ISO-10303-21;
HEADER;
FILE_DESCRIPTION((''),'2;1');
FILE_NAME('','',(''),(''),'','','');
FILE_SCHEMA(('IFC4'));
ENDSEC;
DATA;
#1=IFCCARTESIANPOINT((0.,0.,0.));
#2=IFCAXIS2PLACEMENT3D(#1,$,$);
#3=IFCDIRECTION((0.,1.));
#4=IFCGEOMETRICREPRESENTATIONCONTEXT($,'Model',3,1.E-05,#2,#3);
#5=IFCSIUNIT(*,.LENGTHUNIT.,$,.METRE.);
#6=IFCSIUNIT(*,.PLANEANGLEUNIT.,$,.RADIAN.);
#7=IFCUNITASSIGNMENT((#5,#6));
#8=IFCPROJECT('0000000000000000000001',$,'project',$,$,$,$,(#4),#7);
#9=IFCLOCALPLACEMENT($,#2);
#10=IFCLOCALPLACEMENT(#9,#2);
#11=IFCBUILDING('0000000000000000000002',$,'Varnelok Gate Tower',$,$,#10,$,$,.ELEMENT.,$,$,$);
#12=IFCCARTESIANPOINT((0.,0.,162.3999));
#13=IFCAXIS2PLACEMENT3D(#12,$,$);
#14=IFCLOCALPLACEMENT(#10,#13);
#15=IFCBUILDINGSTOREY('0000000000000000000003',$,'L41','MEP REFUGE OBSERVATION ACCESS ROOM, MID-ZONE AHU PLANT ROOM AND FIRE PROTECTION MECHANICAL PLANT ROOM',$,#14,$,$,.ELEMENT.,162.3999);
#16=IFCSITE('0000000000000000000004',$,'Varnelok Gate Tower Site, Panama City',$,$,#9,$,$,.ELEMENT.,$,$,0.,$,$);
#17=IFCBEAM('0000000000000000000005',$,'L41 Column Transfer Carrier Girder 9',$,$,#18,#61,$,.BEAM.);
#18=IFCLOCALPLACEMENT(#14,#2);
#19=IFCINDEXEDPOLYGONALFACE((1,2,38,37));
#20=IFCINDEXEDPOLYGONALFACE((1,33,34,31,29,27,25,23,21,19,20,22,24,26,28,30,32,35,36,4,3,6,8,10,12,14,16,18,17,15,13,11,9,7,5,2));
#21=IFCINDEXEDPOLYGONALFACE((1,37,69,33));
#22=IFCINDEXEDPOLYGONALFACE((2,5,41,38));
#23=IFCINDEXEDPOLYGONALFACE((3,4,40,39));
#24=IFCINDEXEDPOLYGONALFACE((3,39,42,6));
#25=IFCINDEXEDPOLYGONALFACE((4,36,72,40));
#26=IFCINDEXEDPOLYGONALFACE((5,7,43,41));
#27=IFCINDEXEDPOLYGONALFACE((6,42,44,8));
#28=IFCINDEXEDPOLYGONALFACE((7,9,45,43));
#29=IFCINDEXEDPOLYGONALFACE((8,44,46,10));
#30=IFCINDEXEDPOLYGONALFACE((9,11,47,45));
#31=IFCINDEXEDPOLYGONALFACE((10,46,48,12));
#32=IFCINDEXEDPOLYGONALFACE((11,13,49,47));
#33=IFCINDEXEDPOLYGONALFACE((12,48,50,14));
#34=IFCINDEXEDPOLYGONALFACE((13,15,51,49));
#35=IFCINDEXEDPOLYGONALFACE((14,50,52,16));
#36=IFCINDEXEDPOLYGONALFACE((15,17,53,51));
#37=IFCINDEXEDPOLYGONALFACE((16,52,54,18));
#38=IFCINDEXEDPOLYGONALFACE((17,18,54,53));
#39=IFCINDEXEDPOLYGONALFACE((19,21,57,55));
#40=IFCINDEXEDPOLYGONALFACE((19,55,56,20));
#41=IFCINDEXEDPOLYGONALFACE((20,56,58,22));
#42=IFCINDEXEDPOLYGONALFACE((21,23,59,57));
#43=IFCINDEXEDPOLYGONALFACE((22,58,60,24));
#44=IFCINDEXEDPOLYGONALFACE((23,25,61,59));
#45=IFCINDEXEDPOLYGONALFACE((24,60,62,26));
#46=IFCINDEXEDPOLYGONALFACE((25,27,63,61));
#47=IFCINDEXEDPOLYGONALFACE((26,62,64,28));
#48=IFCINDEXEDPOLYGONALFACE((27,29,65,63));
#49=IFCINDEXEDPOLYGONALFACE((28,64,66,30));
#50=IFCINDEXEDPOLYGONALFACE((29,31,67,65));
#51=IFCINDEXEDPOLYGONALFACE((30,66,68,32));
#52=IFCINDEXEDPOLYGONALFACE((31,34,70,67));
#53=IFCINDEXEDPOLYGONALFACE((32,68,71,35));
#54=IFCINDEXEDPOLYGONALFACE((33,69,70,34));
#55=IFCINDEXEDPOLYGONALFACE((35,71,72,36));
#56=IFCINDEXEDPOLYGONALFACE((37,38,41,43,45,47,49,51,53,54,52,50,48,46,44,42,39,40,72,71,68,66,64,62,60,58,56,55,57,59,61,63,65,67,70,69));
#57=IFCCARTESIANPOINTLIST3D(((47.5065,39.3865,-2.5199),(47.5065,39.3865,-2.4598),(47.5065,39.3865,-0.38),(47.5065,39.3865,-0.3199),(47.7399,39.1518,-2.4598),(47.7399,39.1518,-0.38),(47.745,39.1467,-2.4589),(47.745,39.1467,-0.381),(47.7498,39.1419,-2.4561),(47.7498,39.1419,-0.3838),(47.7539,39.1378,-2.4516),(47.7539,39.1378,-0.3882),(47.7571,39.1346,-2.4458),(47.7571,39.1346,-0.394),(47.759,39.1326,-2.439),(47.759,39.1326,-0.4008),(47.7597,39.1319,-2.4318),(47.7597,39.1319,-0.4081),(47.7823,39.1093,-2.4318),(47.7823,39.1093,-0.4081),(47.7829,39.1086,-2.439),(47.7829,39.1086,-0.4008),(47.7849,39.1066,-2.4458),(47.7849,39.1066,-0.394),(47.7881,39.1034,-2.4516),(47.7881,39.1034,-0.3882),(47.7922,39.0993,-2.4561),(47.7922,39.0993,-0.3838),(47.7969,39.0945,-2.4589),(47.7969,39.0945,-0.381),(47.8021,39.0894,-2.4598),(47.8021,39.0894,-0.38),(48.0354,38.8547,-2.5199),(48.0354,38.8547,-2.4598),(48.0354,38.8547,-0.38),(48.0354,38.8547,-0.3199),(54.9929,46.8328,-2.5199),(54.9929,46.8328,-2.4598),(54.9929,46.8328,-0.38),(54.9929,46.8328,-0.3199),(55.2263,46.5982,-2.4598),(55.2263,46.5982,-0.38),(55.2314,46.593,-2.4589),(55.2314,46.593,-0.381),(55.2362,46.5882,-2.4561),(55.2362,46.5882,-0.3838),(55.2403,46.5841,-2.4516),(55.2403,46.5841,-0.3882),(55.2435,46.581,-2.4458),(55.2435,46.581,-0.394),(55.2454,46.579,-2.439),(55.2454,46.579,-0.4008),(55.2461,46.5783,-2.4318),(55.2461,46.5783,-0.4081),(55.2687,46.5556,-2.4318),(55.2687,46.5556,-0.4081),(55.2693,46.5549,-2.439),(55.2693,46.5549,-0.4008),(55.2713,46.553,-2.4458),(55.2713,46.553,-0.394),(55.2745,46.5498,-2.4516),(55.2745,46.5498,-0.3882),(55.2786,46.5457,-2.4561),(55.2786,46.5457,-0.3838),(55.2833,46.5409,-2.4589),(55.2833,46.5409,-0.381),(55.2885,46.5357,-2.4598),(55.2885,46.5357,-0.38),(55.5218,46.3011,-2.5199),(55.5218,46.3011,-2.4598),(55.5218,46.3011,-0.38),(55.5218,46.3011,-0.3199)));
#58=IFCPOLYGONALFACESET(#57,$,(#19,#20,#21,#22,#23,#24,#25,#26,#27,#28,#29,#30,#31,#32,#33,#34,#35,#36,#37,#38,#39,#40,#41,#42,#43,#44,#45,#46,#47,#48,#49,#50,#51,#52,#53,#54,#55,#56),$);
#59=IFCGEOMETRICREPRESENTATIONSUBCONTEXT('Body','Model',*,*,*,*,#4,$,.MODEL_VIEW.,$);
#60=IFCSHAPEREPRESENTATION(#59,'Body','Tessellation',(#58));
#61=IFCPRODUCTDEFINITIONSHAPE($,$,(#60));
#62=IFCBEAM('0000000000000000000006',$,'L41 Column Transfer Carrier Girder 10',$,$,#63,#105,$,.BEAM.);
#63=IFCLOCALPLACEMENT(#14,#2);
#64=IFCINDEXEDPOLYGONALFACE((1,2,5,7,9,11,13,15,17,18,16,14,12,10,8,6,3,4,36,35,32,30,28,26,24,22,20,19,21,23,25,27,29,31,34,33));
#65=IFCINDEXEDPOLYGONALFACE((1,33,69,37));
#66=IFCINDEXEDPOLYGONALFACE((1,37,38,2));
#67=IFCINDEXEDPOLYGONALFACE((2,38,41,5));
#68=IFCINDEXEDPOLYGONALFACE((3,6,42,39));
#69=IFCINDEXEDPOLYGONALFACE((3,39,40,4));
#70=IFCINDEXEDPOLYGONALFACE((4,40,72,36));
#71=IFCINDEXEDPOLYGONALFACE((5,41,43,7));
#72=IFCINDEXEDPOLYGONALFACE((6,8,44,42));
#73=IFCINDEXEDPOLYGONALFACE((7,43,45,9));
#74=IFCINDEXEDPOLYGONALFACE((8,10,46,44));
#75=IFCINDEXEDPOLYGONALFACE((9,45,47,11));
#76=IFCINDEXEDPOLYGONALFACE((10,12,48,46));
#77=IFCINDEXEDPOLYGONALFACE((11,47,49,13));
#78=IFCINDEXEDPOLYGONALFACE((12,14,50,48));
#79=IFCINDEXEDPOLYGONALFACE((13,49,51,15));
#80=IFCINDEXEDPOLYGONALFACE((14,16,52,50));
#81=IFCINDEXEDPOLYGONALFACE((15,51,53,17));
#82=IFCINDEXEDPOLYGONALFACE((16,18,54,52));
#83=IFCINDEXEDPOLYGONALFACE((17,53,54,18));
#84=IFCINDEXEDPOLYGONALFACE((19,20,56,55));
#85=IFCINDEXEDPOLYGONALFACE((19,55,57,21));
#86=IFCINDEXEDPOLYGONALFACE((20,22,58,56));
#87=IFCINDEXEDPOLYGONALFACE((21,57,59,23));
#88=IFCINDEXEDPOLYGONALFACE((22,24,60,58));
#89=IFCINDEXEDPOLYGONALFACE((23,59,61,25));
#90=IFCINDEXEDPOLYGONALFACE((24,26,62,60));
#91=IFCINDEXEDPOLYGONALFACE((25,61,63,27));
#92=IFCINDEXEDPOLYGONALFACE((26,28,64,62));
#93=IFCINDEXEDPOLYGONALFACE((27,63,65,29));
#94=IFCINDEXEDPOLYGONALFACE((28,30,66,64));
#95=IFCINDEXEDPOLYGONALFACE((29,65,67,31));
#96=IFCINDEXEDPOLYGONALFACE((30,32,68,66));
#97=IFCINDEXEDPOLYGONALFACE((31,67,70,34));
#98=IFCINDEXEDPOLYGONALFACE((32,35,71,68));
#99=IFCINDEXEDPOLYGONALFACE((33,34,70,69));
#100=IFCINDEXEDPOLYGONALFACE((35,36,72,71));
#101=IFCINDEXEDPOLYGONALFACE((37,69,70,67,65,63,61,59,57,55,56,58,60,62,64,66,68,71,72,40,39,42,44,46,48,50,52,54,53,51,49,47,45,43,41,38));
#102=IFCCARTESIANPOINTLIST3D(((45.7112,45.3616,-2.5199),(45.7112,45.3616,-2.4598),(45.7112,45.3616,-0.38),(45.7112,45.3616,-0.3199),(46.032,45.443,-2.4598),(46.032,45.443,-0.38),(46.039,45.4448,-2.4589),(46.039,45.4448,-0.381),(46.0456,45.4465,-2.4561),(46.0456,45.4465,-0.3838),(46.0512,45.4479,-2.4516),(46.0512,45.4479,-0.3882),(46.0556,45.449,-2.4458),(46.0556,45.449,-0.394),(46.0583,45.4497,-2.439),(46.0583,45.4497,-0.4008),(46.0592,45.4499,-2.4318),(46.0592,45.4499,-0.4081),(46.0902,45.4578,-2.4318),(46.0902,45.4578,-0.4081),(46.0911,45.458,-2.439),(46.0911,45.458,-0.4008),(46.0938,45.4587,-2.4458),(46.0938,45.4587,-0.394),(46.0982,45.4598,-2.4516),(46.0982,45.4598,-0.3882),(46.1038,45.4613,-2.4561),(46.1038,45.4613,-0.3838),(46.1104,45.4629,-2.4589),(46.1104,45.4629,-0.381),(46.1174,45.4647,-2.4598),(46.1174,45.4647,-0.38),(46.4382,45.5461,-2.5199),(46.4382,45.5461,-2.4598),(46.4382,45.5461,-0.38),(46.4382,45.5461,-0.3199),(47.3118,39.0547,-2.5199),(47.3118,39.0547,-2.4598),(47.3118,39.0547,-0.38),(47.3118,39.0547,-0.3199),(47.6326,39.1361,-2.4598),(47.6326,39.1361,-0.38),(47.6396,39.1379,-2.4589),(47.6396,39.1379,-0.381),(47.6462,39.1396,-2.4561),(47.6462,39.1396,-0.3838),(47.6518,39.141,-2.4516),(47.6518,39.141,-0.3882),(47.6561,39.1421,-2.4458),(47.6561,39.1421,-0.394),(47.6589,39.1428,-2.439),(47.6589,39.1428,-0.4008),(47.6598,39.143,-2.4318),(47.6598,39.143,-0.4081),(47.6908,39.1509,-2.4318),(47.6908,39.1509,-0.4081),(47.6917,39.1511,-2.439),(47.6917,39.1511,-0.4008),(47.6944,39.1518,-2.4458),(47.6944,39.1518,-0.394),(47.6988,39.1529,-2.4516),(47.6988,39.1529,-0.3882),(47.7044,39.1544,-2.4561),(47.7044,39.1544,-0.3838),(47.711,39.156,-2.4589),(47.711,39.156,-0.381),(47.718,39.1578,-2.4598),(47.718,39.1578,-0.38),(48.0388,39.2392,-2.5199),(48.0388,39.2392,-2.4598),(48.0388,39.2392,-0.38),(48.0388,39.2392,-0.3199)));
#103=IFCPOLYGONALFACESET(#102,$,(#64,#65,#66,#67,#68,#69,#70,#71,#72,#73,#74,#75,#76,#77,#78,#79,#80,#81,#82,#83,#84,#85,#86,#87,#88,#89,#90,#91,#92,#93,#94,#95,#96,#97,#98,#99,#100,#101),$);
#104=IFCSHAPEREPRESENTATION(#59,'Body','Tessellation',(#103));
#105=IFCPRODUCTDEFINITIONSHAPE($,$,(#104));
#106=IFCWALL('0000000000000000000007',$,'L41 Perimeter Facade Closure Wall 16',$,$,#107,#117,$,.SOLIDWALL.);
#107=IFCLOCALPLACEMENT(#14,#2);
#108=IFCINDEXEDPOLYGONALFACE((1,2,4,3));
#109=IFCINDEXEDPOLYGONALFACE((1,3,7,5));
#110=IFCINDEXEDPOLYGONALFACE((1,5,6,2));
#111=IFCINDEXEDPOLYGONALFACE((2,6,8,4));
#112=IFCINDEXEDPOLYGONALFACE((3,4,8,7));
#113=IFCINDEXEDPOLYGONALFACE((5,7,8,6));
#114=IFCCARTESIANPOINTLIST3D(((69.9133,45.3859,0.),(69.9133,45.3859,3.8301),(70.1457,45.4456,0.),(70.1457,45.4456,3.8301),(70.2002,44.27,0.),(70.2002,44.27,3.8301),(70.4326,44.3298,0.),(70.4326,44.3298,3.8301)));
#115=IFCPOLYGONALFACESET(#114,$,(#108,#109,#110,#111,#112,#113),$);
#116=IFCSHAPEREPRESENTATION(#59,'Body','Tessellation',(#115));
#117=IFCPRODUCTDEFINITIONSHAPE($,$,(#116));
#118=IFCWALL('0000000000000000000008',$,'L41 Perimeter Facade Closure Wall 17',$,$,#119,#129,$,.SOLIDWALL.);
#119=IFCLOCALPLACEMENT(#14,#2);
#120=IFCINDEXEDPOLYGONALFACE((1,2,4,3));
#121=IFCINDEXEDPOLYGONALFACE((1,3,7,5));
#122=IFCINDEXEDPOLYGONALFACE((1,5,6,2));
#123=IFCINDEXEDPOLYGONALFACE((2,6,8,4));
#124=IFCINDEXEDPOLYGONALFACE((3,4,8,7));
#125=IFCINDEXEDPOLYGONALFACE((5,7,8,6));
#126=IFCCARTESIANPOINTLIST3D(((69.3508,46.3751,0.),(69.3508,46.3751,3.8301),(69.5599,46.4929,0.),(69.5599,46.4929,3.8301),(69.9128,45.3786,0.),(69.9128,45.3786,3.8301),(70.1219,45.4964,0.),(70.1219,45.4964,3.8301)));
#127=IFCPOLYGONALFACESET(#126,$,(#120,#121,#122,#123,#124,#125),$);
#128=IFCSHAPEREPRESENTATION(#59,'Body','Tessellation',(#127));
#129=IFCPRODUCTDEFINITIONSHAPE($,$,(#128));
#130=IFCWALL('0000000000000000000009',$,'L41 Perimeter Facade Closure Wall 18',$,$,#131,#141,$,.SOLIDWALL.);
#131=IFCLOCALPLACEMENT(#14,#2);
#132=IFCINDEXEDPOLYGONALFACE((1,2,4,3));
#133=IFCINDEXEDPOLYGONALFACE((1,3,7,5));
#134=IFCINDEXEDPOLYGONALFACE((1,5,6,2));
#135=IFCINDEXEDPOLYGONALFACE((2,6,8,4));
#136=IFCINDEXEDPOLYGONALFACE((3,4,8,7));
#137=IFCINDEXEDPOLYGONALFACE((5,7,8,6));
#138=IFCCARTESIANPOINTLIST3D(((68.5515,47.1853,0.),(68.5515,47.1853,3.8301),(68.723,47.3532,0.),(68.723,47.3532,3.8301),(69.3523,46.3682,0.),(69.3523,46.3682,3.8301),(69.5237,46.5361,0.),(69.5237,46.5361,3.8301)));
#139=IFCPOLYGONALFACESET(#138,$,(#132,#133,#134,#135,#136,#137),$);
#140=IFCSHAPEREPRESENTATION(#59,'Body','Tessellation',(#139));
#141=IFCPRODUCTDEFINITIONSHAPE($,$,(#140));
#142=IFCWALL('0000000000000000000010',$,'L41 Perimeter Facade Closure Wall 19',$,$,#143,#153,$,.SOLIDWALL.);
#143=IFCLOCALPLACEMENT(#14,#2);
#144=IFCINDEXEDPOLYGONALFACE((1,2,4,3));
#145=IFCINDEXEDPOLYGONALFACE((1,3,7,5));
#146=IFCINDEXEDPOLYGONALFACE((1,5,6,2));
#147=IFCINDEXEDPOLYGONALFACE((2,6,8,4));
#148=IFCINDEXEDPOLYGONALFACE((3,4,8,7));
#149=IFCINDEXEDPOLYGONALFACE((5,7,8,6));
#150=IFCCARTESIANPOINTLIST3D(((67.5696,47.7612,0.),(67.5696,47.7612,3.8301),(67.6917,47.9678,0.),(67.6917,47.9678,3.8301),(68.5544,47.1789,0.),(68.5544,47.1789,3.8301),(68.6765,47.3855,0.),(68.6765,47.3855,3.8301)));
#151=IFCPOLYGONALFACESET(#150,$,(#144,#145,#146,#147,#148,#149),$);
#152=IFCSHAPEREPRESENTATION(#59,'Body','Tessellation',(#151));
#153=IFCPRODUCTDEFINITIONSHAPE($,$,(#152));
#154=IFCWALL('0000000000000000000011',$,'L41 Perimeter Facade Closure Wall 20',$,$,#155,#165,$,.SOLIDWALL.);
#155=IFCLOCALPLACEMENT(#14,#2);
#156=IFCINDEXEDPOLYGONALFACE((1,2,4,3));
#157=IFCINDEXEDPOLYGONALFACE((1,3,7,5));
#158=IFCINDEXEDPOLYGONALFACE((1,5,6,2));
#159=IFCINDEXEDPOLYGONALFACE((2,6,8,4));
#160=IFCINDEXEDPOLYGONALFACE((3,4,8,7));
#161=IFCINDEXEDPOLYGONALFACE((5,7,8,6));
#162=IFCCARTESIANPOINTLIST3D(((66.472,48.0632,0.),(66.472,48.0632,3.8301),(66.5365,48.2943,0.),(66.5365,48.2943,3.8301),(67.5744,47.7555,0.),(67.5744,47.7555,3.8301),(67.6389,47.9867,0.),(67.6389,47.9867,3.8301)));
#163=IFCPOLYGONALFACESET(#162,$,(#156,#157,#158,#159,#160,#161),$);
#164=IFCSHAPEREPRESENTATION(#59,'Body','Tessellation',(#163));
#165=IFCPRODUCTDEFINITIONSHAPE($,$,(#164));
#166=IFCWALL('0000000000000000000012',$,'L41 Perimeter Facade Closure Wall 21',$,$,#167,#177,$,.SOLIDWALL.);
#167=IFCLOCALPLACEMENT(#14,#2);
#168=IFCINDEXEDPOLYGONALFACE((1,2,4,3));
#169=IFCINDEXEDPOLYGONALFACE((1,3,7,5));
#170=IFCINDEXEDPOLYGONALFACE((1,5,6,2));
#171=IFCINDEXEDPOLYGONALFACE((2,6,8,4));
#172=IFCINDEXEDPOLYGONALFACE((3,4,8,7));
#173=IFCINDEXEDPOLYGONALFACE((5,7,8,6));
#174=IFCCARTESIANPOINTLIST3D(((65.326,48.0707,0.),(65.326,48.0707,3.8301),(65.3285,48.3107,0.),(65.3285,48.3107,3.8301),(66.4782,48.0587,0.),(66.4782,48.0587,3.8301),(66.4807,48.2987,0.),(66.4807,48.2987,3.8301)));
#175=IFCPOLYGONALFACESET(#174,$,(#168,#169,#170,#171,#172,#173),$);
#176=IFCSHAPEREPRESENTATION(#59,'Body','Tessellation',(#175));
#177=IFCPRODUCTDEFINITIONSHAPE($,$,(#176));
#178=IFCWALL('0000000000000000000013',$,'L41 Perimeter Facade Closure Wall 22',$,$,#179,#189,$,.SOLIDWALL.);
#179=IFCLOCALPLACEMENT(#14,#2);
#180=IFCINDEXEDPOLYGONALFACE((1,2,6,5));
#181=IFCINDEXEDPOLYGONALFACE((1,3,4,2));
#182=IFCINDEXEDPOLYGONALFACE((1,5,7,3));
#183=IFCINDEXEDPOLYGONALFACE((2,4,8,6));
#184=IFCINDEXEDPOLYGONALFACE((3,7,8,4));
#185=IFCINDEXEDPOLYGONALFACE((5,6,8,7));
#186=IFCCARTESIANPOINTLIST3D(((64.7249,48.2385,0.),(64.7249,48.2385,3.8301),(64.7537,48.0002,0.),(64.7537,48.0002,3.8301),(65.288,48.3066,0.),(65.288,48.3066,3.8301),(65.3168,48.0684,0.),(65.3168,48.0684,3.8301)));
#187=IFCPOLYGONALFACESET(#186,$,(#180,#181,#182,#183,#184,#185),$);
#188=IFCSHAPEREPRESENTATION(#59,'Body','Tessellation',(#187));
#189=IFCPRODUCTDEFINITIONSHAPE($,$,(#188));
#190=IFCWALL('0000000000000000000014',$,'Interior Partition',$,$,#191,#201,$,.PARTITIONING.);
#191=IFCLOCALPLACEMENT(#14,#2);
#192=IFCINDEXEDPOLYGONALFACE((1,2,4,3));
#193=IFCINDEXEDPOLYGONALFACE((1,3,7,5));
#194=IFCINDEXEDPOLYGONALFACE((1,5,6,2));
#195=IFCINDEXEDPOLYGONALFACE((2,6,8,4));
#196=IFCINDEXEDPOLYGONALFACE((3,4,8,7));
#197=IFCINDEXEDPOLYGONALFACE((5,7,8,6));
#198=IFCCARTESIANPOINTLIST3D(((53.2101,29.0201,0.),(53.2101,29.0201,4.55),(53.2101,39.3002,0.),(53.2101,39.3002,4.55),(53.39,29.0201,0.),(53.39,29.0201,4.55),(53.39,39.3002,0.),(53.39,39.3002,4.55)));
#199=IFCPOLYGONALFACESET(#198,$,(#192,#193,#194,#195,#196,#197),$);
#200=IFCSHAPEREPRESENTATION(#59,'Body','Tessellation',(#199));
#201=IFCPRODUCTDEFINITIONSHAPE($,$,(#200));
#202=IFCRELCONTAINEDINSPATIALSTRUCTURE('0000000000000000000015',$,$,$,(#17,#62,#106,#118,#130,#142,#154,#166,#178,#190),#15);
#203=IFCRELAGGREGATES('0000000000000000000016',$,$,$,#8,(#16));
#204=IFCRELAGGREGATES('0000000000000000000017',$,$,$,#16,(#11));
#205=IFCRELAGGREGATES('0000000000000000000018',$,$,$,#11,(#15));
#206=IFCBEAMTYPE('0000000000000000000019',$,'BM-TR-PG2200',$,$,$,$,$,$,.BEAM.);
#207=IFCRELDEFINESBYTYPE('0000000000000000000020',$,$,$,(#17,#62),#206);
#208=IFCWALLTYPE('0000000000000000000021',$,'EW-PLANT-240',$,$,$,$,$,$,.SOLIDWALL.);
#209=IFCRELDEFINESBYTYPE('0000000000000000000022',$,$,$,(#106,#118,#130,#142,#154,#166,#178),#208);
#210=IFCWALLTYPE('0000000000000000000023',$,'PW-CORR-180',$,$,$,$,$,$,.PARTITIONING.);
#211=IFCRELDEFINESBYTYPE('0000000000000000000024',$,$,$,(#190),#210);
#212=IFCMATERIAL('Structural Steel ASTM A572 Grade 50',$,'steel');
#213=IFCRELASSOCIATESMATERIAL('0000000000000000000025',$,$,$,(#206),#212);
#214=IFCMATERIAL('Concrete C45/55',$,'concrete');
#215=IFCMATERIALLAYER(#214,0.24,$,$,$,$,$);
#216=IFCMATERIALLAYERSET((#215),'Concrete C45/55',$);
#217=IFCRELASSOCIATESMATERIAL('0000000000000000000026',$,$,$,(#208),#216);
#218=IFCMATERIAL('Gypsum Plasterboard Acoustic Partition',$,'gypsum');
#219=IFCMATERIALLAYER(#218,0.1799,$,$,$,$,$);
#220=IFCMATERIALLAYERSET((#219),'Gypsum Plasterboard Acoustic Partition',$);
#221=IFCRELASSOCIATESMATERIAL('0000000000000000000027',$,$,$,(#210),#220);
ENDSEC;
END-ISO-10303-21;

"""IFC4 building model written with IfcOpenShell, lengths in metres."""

from ifc_helpers import new_model, si_unit, direction, frame, frame_2d, origin, origin_2d, place, context, subcontext, project, spatial, rectangle, i_section, extrude, material, layer, layer_set, material_profile, profile_set, type_object, element, save


model = new_model("IFC4")

# Units and contexts
model_context = context("Model", 3, precision=1e-05, world=origin(), true_north=direction((0.0, 1.0)))
body_context = subcontext(model_context, "Body", "Model", "MODEL_VIEW")
ifc_project = project(units=[si_unit("LENGTHUNIT", "METRE"), si_unit("PLANEANGLEUNIT", "RADIAN")], contexts=[model_context])

# Site, building, storey
site_placement = place(None, origin())
site = spatial("IfcSite", under=ifc_project, at=site_placement, Name="Varnelok Gate Tower Site, Panama City", CompositionType="ELEMENT", RefElevation=0.0)
building_placement = place(site_placement, origin())
building = spatial("IfcBuilding", under=site, at=building_placement, Name="Varnelok Gate Tower", CompositionType="ELEMENT")
storey_placement = place(building_placement, frame((0.0, 0.0, 162.3999)))
storey = spatial("IfcBuildingStorey", under=building, at=storey_placement, Name="L41", Description="MEP REFUGE OBSERVATION ACCESS ROOM, MID-ZONE AHU PLANT ROOM AND FIRE PROTECTION MECHANICAL PLANT ROOM", CompositionType="ELEMENT", Elevation=162.3999)

# Beams
ifc_material_1 = material(Name="Structural Steel ASTM A572 Grade 50", Category="steel")
ifc_material_profile_1 = material_profile(ifc_material_1, i_section(OverallWidth=0.75, OverallDepth=2.2, WebThickness=0.032, FlangeThickness=0.0601, FilletRadius=0.0281, at=origin_2d()), Name="PG2200X750")
ifc_profile_set_1 = profile_set([ifc_material_profile_1], Name="Structural Steel ASTM A572 Grade 50")
beam_type_1 = type_object("IfcBeamType", Name="BM-TR-PG2200", PredefinedType="BEAM", material=ifc_profile_set_1)
beam_1_placement = place(storey_placement, frame((47.771, 39.1206, -1.4199), z_axis=(0.709, 0.705208, 0.0), x_axis=(-0.705208, 0.709, 0.0)))
element("IfcBeam", 1, at=beam_1_placement, inside=storey, type_object=beam_type_1, Name="L41 Column Transfer Carrier Girder 9", PredefinedType="BEAM", context=body_context, shape_type="SweptSolid", body=[
    extrude(i_section(OverallWidth=0.75, OverallDepth=2.2, WebThickness=0.032, FlangeThickness=0.0601, FilletRadius=0.0281, at=origin_2d()), origin(), (0.0, 0.0, 1.0), 10.5591),
])
beam_2_placement = place(storey_placement, frame((47.6753, 39.147, -1.4199), z_axis=(-0.245986, 0.969273, 0.0), x_axis=(-0.969273, -0.245986, 0.0)))
element("IfcBeam", 2, at=beam_2_placement, inside=storey, type_object=beam_type_1, Name="L41 Column Transfer Carrier Girder 10", PredefinedType="BEAM", context=body_context, shape_type="SweptSolid", body=[
    extrude(i_section(OverallWidth=0.75, OverallDepth=2.2, WebThickness=0.032, FlangeThickness=0.0601, FilletRadius=0.0281, at=origin_2d()), origin(), (0.0, 0.0, 1.0), 6.5068),
])

# Walls
ifc_material_2 = material(Name="Concrete C45/55", Category="concrete")
ifc_layer_1 = layer(ifc_material_2, 0.24)
ifc_layer_set_1 = layer_set([ifc_layer_1], Name="Concrete C45/55")
wall_type_1 = type_object("IfcWallType", Name="EW-PLANT-240", PredefinedType="SOLIDWALL", material=ifc_layer_set_1)
wall_1_placement = place(storey_placement, frame((70.3164, 44.2998, 0.0), z_axis=(0.0, 0.0, 1.0), x_axis=(-0.249013, 0.9685, 0.0)))
element("IfcWall", 3, at=wall_1_placement, inside=storey, type_object=wall_type_1, Name="L41 Perimeter Facade Closure Wall 16", PredefinedType="SOLIDWALL", context=body_context, shape_type="SweptSolid", body=[
    extrude(rectangle(XDim=1.1521, YDim=0.24, at=frame_2d((0.5762, 0.0))), origin(), (0.0, 0.0, 1.0), 3.8301),
])
for number, where, z_axis, x_axis, name in (
    (4, (70.0173, 45.4375, 0.0), (0.0, 0.0, 1.0), (-0.491213, 0.871039, 0.0), "L41 Perimeter Facade Closure Wall 17"),
    (5, (69.438, 46.4521, 0.0), (0.0, 0.0, 1.0), (-0.699922, 0.714219, 0.0), "L41 Perimeter Facade Closure Wall 18"),
    (6, (68.6155, 47.2822, 0.0), (0.0, 0.0, 1.0), (-0.860808, 0.508931, 0.0), "L41 Perimeter Facade Closure Wall 19"),
):
    element("IfcWall", number, at=place(storey_placement, frame(where, z_axis=z_axis, x_axis=x_axis)), inside=storey, type_object=wall_type_1, Name=name, PredefinedType="SOLIDWALL", context=body_context, shape_type="SweptSolid", body=[
        extrude(rectangle(XDim=1.144, YDim=0.24, at=frame_2d((0.572, 0.0))), origin(), (0.0, 0.0, 1.0), 3.8301),
    ])
wall_2_placement = place(storey_placement, frame((67.6067, 47.8711, 0.0), z_axis=(0.0, 0.0, 1.0), x_axis=(-0.963196, 0.268799, 0.0)))
element("IfcWall", 7, at=wall_2_placement, inside=storey, type_object=wall_type_1, Name="L41 Perimeter Facade Closure Wall 20", PredefinedType="SOLIDWALL", context=body_context, shape_type="SweptSolid", body=[
    extrude(rectangle(XDim=1.1445, YDim=0.24, at=frame_2d((0.5723, 0.0))), origin(), (0.0, 0.0, 1.0), 3.8301),
])
wall_3_placement = place(storey_placement, frame((66.4795, 48.1787, 0.0), z_axis=(0.0, 0.0, 1.0), x_axis=(-0.999946, 0.010381, 0.0)))
element("IfcWall", 8, at=wall_3_placement, inside=storey, type_object=wall_type_1, Name="L41 Perimeter Facade Closure Wall 21", PredefinedType="SOLIDWALL", context=body_context, shape_type="SweptSolid", body=[
    extrude(rectangle(XDim=1.1523, YDim=0.24, at=frame_2d((0.5762, 0.0))), origin(), (0.0, 0.0, 1.0), 3.8301),
])
wall_4_placement = place(storey_placement, frame((65.3025, 48.1875, 0.0), z_axis=(0.0, 0.0, 1.0), x_axis=(-0.99276, -0.120113, 0.0)))
element("IfcWall", 9, at=wall_4_placement, inside=storey, type_object=wall_type_1, Name="L41 Perimeter Facade Closure Wall 22", PredefinedType="SOLIDWALL", context=body_context, shape_type="SweptSolid", body=[
    extrude(rectangle(XDim=0.5671, YDim=0.24, at=frame_2d((0.2837, 0.0))), origin(), (0.0, 0.0, 1.0), 3.8301),
])
ifc_material_3 = material(Name="Gypsum Plasterboard Acoustic Partition", Category="gypsum")
ifc_layer_2 = layer(ifc_material_3, 0.1799)
ifc_layer_set_2 = layer_set([ifc_layer_2], Name="Gypsum Plasterboard Acoustic Partition")
wall_type_2 = type_object("IfcWallType", Name="PW-CORR-180", PredefinedType="PARTITIONING", material=ifc_layer_set_2)
wall_5_placement = place(storey_placement, frame((53.3, 29.02, 0.0), z_axis=(0.0, 0.0, 1.0), x_axis=(0.0, 1.0, 0.0)))
element("IfcWall", 10, at=wall_5_placement, inside=storey, type_object=wall_type_2, Name="Interior Partition", PredefinedType="PARTITIONING", context=body_context, shape_type="SweptSolid", body=[
    extrude(rectangle(XDim=10.28, YDim=0.1799, at=frame_2d((5.1401, 0.0))), origin(), (0.0, 0.0, 1.0), 4.55),
])

save(model, "model.ifc")
